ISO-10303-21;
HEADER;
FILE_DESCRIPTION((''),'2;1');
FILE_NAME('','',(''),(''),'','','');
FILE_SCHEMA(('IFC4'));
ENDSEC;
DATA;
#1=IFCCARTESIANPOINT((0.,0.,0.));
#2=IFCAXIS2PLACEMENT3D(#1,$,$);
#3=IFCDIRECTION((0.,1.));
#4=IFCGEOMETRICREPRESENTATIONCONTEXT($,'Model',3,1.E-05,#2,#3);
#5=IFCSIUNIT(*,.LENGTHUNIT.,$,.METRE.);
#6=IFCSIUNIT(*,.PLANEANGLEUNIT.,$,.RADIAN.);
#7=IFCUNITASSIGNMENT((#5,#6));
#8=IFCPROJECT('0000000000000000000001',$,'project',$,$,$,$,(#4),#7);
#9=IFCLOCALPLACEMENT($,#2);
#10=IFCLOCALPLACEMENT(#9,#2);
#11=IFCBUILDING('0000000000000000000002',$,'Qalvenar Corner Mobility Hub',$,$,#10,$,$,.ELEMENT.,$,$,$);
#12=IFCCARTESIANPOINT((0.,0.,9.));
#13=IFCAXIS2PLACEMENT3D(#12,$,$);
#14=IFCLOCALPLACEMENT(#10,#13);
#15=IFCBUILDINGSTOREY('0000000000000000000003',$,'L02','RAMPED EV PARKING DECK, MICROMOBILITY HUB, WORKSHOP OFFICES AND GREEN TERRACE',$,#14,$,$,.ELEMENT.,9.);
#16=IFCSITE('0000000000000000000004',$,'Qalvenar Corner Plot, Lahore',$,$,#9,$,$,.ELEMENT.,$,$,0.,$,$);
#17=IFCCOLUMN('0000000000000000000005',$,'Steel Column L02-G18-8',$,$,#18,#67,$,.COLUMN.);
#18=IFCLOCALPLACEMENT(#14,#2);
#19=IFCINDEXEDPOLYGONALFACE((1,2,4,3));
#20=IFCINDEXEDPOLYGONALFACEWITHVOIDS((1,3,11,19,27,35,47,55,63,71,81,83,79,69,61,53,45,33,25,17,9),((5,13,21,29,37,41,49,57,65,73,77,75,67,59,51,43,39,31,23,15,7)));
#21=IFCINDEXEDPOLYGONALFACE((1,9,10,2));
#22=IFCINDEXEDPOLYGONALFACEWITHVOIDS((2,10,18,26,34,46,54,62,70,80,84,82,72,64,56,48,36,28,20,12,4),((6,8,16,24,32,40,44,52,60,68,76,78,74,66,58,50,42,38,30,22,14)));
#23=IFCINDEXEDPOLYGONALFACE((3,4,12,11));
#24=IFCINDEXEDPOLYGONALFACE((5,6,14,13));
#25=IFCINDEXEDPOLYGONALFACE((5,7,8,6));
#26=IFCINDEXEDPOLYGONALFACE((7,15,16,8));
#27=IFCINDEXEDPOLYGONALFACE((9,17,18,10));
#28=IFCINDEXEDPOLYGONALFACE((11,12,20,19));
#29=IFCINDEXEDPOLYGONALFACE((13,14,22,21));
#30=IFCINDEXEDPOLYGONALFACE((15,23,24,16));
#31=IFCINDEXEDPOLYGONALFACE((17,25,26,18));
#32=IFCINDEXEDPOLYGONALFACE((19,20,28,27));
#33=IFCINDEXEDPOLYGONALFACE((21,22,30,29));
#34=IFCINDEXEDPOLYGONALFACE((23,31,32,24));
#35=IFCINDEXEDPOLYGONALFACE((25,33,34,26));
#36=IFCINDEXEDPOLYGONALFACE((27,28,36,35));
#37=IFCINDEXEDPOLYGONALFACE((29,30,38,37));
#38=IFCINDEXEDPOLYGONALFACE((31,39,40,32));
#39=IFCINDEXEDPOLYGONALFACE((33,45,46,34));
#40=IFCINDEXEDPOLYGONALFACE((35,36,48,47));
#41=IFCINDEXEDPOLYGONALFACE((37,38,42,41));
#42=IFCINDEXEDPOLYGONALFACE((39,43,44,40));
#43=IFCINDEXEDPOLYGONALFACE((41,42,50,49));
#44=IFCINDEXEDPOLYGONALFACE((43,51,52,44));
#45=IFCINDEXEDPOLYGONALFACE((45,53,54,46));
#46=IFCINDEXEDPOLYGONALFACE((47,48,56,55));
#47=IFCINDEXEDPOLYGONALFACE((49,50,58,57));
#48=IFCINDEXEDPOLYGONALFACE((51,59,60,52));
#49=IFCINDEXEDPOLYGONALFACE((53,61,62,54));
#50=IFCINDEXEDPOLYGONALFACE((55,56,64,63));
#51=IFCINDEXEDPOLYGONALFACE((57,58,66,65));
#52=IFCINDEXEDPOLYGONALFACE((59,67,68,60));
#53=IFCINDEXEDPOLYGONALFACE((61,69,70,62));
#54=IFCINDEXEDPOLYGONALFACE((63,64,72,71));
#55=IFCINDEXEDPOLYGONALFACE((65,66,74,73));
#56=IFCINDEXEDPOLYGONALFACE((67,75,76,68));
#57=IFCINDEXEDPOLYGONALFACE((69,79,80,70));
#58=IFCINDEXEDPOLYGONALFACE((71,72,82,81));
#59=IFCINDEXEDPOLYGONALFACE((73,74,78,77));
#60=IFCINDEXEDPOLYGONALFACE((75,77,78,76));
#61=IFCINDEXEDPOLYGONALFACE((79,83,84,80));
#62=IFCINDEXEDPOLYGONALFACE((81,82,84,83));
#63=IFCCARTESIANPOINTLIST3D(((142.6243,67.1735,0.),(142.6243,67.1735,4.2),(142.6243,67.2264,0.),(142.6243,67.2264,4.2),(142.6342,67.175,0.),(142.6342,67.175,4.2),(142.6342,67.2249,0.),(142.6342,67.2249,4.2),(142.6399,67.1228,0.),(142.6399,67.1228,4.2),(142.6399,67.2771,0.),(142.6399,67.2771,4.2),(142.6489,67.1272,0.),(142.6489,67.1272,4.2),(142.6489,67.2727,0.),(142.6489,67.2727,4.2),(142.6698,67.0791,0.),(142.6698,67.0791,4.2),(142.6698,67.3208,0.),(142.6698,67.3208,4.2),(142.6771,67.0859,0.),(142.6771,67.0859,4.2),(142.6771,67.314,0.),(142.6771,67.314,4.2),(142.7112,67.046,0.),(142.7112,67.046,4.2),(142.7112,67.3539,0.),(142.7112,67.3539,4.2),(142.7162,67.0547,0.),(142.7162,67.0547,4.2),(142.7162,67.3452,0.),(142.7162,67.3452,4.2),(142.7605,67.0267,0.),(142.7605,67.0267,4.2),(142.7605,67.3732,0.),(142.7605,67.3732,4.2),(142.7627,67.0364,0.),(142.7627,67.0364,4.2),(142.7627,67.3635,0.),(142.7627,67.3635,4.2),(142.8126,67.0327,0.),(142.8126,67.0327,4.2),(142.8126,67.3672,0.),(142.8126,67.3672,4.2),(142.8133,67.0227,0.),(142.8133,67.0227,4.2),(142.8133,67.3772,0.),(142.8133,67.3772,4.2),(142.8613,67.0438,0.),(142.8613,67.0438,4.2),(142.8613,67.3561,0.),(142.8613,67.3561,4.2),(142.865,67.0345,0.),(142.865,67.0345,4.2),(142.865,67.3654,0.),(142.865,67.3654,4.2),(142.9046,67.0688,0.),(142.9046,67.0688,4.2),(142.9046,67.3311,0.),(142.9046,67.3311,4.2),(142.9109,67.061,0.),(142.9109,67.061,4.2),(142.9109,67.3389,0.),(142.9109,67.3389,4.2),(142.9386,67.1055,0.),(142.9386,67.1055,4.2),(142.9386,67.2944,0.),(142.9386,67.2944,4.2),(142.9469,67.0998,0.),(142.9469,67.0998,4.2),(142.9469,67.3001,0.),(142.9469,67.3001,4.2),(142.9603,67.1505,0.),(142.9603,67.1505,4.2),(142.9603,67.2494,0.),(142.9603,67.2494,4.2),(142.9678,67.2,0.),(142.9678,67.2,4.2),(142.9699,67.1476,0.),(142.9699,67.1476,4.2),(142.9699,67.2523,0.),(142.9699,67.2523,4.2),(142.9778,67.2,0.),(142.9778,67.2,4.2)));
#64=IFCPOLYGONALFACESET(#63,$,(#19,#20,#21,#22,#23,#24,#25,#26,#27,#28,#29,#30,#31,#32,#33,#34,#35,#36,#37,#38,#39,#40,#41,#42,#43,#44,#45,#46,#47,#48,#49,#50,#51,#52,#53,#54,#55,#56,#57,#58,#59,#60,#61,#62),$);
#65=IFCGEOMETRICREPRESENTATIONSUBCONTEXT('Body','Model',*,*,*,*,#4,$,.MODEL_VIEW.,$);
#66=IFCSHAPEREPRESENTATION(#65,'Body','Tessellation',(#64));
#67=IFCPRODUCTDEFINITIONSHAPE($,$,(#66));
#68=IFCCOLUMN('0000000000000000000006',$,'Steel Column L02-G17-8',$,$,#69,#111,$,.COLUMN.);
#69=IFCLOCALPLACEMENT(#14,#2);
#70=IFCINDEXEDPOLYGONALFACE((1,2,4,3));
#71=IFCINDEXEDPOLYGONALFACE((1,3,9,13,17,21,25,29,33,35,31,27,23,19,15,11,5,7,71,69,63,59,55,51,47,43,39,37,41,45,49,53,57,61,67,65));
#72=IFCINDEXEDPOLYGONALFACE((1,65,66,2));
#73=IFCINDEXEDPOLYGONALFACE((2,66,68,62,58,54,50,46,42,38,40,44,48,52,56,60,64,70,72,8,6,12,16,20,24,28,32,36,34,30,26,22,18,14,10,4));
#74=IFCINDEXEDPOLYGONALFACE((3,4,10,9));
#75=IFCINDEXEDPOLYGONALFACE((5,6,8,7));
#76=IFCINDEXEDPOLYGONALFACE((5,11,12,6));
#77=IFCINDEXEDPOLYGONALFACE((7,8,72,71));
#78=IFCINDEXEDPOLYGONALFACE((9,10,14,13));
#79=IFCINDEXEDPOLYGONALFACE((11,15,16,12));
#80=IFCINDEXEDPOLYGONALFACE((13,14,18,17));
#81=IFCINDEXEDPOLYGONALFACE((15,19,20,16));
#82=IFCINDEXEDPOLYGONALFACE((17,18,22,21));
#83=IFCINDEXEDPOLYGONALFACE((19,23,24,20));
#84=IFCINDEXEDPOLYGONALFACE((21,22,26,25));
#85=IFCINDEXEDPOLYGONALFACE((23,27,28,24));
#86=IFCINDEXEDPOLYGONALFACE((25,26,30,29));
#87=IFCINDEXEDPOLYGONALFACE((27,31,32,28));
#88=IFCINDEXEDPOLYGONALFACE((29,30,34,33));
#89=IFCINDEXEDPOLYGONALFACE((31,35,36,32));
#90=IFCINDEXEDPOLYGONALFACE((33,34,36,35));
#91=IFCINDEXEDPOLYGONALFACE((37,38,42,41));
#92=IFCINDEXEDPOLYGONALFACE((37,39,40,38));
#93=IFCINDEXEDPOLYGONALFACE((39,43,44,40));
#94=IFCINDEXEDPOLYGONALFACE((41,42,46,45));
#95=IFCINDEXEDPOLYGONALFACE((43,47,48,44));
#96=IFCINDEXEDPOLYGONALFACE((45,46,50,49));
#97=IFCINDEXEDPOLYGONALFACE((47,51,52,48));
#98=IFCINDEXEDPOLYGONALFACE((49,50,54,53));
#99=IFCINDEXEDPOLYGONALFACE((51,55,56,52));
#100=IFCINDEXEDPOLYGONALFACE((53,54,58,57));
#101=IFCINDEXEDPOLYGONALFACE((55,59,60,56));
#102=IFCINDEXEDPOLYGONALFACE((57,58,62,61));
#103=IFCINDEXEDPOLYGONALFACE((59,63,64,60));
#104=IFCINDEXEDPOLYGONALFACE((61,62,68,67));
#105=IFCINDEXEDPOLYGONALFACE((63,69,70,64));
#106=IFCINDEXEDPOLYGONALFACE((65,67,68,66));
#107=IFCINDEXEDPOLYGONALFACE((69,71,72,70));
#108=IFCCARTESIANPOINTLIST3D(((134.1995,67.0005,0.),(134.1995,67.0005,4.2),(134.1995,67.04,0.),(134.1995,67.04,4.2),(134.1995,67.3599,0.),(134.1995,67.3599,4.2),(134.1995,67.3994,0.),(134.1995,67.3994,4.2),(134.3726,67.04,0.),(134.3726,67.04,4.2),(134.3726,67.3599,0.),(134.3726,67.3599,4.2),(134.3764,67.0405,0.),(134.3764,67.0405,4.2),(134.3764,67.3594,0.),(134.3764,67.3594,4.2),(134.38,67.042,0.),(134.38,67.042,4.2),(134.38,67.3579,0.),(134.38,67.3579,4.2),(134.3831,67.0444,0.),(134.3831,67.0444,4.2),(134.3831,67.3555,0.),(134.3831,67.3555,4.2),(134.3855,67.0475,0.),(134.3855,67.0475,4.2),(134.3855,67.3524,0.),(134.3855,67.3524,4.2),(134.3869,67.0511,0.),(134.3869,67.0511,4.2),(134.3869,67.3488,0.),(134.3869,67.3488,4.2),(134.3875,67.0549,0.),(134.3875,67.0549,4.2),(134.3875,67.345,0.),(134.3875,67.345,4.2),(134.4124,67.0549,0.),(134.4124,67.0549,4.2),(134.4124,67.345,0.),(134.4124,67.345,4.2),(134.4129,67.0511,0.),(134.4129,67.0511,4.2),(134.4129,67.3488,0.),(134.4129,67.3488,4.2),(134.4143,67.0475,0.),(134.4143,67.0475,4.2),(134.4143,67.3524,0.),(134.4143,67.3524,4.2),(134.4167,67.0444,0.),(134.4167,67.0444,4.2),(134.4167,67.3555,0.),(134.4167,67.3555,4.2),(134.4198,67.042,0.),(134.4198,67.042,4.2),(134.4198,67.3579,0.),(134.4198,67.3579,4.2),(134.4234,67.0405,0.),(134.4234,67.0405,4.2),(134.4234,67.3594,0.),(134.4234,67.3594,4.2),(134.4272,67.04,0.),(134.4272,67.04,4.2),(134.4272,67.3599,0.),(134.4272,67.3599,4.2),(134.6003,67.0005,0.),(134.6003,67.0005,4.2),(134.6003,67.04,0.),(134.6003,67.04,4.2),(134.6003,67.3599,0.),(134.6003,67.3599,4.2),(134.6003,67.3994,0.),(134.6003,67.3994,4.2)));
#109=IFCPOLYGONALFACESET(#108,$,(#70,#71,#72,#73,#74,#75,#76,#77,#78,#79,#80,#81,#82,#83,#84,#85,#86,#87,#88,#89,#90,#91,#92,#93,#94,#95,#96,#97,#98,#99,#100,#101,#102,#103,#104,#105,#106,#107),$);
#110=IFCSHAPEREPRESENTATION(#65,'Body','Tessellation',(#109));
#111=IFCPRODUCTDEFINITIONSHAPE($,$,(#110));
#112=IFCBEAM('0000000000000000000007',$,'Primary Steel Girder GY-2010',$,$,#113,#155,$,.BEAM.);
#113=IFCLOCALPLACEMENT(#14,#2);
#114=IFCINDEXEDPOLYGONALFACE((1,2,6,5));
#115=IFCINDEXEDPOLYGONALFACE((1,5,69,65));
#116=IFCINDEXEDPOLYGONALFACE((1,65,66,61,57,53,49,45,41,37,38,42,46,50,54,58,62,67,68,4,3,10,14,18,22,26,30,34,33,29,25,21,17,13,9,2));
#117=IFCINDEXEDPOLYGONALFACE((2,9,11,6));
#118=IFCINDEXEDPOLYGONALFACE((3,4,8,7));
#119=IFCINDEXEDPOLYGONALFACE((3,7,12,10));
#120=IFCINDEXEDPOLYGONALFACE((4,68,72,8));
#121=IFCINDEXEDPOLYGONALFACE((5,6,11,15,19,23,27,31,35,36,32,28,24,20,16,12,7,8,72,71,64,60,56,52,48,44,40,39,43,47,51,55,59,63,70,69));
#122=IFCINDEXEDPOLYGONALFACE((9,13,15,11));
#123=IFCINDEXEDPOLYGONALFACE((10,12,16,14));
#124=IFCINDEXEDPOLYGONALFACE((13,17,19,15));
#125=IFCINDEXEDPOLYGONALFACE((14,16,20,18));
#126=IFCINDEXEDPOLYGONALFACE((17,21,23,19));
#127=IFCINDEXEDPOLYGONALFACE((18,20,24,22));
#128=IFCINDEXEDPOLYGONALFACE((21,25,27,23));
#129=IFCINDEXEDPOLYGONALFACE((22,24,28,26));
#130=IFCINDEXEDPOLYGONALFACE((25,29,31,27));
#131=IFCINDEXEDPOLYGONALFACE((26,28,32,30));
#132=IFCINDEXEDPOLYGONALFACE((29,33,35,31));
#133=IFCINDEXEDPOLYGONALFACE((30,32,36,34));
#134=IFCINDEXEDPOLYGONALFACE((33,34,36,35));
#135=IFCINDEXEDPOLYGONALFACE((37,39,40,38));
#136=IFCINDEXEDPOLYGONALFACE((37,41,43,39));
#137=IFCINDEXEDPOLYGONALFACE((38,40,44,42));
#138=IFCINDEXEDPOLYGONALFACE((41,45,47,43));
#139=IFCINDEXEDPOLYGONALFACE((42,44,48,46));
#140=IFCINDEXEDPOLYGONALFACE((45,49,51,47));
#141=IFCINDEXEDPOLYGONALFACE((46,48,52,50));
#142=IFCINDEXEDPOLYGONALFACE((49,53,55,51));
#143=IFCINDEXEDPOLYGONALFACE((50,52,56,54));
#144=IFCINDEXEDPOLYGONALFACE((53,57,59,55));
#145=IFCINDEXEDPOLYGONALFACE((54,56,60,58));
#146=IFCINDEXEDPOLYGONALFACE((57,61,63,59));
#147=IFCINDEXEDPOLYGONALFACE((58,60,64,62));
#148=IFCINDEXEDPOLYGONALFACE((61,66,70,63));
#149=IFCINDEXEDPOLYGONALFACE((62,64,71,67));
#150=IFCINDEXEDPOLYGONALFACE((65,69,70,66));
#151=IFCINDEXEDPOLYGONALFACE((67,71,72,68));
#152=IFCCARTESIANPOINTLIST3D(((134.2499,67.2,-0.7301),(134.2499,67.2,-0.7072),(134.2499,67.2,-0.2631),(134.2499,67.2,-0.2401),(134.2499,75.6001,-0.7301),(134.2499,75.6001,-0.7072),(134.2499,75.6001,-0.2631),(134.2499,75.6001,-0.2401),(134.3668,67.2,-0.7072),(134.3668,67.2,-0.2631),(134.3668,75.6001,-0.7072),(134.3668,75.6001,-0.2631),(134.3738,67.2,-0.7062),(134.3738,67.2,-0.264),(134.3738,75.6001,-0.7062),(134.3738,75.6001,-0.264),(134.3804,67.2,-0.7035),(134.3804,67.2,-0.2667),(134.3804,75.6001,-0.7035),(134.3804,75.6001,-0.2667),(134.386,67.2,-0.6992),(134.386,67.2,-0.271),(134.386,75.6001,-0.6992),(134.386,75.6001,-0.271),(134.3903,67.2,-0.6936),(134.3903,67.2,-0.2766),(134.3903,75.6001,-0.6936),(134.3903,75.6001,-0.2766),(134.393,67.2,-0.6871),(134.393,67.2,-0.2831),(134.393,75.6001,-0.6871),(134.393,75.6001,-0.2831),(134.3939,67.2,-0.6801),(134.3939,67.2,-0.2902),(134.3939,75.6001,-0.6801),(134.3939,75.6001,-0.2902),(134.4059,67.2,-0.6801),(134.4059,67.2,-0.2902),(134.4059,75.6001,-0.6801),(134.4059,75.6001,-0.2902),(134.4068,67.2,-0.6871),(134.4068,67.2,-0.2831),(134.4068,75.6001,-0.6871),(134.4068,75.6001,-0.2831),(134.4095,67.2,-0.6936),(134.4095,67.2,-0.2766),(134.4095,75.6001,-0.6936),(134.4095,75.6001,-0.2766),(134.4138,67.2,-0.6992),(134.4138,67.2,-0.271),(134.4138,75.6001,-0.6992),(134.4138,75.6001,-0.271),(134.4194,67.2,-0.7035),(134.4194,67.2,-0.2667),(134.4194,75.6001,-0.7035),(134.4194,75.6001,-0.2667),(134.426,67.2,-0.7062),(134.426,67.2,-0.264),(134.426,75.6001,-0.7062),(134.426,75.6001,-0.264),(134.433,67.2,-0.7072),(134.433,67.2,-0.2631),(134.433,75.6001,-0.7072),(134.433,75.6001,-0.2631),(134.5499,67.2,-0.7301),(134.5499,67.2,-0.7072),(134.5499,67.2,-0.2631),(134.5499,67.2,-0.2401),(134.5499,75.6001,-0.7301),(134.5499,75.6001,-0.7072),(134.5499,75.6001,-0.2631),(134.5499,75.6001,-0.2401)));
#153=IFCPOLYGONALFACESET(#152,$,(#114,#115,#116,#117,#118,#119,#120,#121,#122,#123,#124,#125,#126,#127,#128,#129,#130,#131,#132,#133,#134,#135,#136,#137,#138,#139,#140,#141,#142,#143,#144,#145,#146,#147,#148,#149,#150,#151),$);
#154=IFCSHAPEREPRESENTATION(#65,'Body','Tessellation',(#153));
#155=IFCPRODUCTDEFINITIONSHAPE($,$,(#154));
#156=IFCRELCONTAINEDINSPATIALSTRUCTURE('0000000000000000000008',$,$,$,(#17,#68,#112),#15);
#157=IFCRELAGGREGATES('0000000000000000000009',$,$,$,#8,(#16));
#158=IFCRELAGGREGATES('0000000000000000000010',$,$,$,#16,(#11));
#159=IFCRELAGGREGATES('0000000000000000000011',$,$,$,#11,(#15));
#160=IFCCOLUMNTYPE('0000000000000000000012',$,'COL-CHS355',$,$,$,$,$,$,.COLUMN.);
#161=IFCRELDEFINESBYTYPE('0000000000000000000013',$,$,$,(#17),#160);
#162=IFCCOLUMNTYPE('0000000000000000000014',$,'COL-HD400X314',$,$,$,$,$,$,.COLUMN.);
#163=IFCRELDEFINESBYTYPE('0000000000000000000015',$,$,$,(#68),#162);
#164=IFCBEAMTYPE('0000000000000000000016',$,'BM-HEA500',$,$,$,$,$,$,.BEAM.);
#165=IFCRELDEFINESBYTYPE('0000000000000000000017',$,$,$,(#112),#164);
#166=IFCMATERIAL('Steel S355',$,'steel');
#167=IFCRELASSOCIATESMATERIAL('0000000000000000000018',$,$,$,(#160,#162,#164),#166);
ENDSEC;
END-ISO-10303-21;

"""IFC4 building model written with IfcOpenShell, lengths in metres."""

from ifc_helpers import new_model, si_unit, direction, frame, origin, origin_2d, place, context, subcontext, project, spatial, hollow_circle, i_section, extrude, material, material_profile, profile_set, type_object, element, save


model = new_model("IFC4")

# Units and contexts
model_context = context("Model", 3, precision=1e-05, world=origin(), true_north=direction((0.0, 1.0)))
body_context = subcontext(model_context, "Body", "Model", "MODEL_VIEW")
ifc_project = project(units=[si_unit("LENGTHUNIT", "METRE"), si_unit("PLANEANGLEUNIT", "RADIAN")], contexts=[model_context])

# Site, building, storey
site_placement = place(None, origin())
site = spatial("IfcSite", under=ifc_project, at=site_placement, Name="Qalvenar Corner Plot, Lahore", CompositionType="ELEMENT", RefElevation=0.0)
building_placement = place(site_placement, origin())
building = spatial("IfcBuilding", under=site, at=building_placement, Name="Qalvenar Corner Mobility Hub", CompositionType="ELEMENT")
storey_placement = place(building_placement, frame((0.0, 0.0, 9.0)))
storey = spatial("IfcBuildingStorey", under=building, at=storey_placement, Name="L02", Description="RAMPED EV PARKING DECK, MICROMOBILITY HUB, WORKSHOP OFFICES AND GREEN TERRACE", CompositionType="ELEMENT", Elevation=9.0)

# Columns
ifc_material_1 = material(Name="Steel S355", Category="steel")
ifc_material_profile_1 = material_profile(ifc_material_1, hollow_circle(Radius=0.1777, WallThickness=0.01, at=origin_2d()), Name="CHS355.6x10")
ifc_profile_set_1 = profile_set([ifc_material_profile_1], Name="Steel S355")
column_type_1 = type_object("IfcColumnType", Name="COL-CHS355", PredefinedType="COLUMN", material=ifc_profile_set_1)
column_1_placement = place(storey_placement, frame((142.8, 67.2, 0.0), z_axis=(0.0, 0.0, 1.0), x_axis=(1.0, 0.0, 0.0)))
element("IfcColumn", 1, at=column_1_placement, inside=storey, type_object=column_type_1, Name="Steel Column L02-G18-8", PredefinedType="COLUMN", context=body_context, shape_type="SweptSolid", body=[
    extrude(hollow_circle(Radius=0.1777, WallThickness=0.01, at=origin_2d()), origin(), (0.0, 0.0, 1.0), 4.2),
])
ifc_material_profile_2 = material_profile(ifc_material_1, i_section(OverallWidth=0.4009, OverallDepth=0.3989, WebThickness=0.0249, FlangeThickness=0.0396, FilletRadius=0.0149, at=origin_2d()), Name="HD400x314")
ifc_profile_set_2 = profile_set([ifc_material_profile_2], Name="Steel S355")
column_type_2 = type_object("IfcColumnType", Name="COL-HD400X314", PredefinedType="COLUMN", material=ifc_profile_set_2)
column_2_placement = place(storey_placement, frame((134.3999, 67.2, 0.0), z_axis=(0.0, 0.0, 1.0), x_axis=(1.0, 0.0, 0.0)))
element("IfcColumn", 2, at=column_2_placement, inside=storey, type_object=column_type_2, Name="Steel Column L02-G17-8", PredefinedType="COLUMN", context=body_context, shape_type="SweptSolid", body=[
    extrude(i_section(OverallWidth=0.4009, OverallDepth=0.3989, WebThickness=0.0249, FlangeThickness=0.0396, FilletRadius=0.0149, at=origin_2d()), origin(), (0.0, 0.0, 1.0), 4.2),
])

# Beam
ifc_material_profile_3 = material_profile(ifc_material_1, i_section(OverallWidth=0.3, OverallDepth=0.49, WebThickness=0.012, FlangeThickness=0.0229, FilletRadius=0.0271, at=origin_2d()), Name="HEA500")
ifc_profile_set_3 = profile_set([ifc_material_profile_3], Name="Steel S355")
beam_type_1 = type_object("IfcBeamType", Name="BM-HEA500", PredefinedType="BEAM", material=ifc_profile_set_3)
beam_1_placement = place(storey_placement, frame((134.3999, 67.2, -0.4851), z_axis=(0.0, 1.0, 0.0), x_axis=(-1.0, 0.0, 0.0)))
element("IfcBeam", 3, at=beam_1_placement, inside=storey, type_object=beam_type_1, Name="Primary Steel Girder GY-2010", PredefinedType="BEAM", context=body_context, shape_type="SweptSolid", body=[
    extrude(i_section(OverallWidth=0.3, OverallDepth=0.49, WebThickness=0.012, FlangeThickness=0.0229, FilletRadius=0.0271, at=origin_2d()), origin(), (0.0, 0.0, 1.0), 8.4001),
])

save(model, "model.ifc")
